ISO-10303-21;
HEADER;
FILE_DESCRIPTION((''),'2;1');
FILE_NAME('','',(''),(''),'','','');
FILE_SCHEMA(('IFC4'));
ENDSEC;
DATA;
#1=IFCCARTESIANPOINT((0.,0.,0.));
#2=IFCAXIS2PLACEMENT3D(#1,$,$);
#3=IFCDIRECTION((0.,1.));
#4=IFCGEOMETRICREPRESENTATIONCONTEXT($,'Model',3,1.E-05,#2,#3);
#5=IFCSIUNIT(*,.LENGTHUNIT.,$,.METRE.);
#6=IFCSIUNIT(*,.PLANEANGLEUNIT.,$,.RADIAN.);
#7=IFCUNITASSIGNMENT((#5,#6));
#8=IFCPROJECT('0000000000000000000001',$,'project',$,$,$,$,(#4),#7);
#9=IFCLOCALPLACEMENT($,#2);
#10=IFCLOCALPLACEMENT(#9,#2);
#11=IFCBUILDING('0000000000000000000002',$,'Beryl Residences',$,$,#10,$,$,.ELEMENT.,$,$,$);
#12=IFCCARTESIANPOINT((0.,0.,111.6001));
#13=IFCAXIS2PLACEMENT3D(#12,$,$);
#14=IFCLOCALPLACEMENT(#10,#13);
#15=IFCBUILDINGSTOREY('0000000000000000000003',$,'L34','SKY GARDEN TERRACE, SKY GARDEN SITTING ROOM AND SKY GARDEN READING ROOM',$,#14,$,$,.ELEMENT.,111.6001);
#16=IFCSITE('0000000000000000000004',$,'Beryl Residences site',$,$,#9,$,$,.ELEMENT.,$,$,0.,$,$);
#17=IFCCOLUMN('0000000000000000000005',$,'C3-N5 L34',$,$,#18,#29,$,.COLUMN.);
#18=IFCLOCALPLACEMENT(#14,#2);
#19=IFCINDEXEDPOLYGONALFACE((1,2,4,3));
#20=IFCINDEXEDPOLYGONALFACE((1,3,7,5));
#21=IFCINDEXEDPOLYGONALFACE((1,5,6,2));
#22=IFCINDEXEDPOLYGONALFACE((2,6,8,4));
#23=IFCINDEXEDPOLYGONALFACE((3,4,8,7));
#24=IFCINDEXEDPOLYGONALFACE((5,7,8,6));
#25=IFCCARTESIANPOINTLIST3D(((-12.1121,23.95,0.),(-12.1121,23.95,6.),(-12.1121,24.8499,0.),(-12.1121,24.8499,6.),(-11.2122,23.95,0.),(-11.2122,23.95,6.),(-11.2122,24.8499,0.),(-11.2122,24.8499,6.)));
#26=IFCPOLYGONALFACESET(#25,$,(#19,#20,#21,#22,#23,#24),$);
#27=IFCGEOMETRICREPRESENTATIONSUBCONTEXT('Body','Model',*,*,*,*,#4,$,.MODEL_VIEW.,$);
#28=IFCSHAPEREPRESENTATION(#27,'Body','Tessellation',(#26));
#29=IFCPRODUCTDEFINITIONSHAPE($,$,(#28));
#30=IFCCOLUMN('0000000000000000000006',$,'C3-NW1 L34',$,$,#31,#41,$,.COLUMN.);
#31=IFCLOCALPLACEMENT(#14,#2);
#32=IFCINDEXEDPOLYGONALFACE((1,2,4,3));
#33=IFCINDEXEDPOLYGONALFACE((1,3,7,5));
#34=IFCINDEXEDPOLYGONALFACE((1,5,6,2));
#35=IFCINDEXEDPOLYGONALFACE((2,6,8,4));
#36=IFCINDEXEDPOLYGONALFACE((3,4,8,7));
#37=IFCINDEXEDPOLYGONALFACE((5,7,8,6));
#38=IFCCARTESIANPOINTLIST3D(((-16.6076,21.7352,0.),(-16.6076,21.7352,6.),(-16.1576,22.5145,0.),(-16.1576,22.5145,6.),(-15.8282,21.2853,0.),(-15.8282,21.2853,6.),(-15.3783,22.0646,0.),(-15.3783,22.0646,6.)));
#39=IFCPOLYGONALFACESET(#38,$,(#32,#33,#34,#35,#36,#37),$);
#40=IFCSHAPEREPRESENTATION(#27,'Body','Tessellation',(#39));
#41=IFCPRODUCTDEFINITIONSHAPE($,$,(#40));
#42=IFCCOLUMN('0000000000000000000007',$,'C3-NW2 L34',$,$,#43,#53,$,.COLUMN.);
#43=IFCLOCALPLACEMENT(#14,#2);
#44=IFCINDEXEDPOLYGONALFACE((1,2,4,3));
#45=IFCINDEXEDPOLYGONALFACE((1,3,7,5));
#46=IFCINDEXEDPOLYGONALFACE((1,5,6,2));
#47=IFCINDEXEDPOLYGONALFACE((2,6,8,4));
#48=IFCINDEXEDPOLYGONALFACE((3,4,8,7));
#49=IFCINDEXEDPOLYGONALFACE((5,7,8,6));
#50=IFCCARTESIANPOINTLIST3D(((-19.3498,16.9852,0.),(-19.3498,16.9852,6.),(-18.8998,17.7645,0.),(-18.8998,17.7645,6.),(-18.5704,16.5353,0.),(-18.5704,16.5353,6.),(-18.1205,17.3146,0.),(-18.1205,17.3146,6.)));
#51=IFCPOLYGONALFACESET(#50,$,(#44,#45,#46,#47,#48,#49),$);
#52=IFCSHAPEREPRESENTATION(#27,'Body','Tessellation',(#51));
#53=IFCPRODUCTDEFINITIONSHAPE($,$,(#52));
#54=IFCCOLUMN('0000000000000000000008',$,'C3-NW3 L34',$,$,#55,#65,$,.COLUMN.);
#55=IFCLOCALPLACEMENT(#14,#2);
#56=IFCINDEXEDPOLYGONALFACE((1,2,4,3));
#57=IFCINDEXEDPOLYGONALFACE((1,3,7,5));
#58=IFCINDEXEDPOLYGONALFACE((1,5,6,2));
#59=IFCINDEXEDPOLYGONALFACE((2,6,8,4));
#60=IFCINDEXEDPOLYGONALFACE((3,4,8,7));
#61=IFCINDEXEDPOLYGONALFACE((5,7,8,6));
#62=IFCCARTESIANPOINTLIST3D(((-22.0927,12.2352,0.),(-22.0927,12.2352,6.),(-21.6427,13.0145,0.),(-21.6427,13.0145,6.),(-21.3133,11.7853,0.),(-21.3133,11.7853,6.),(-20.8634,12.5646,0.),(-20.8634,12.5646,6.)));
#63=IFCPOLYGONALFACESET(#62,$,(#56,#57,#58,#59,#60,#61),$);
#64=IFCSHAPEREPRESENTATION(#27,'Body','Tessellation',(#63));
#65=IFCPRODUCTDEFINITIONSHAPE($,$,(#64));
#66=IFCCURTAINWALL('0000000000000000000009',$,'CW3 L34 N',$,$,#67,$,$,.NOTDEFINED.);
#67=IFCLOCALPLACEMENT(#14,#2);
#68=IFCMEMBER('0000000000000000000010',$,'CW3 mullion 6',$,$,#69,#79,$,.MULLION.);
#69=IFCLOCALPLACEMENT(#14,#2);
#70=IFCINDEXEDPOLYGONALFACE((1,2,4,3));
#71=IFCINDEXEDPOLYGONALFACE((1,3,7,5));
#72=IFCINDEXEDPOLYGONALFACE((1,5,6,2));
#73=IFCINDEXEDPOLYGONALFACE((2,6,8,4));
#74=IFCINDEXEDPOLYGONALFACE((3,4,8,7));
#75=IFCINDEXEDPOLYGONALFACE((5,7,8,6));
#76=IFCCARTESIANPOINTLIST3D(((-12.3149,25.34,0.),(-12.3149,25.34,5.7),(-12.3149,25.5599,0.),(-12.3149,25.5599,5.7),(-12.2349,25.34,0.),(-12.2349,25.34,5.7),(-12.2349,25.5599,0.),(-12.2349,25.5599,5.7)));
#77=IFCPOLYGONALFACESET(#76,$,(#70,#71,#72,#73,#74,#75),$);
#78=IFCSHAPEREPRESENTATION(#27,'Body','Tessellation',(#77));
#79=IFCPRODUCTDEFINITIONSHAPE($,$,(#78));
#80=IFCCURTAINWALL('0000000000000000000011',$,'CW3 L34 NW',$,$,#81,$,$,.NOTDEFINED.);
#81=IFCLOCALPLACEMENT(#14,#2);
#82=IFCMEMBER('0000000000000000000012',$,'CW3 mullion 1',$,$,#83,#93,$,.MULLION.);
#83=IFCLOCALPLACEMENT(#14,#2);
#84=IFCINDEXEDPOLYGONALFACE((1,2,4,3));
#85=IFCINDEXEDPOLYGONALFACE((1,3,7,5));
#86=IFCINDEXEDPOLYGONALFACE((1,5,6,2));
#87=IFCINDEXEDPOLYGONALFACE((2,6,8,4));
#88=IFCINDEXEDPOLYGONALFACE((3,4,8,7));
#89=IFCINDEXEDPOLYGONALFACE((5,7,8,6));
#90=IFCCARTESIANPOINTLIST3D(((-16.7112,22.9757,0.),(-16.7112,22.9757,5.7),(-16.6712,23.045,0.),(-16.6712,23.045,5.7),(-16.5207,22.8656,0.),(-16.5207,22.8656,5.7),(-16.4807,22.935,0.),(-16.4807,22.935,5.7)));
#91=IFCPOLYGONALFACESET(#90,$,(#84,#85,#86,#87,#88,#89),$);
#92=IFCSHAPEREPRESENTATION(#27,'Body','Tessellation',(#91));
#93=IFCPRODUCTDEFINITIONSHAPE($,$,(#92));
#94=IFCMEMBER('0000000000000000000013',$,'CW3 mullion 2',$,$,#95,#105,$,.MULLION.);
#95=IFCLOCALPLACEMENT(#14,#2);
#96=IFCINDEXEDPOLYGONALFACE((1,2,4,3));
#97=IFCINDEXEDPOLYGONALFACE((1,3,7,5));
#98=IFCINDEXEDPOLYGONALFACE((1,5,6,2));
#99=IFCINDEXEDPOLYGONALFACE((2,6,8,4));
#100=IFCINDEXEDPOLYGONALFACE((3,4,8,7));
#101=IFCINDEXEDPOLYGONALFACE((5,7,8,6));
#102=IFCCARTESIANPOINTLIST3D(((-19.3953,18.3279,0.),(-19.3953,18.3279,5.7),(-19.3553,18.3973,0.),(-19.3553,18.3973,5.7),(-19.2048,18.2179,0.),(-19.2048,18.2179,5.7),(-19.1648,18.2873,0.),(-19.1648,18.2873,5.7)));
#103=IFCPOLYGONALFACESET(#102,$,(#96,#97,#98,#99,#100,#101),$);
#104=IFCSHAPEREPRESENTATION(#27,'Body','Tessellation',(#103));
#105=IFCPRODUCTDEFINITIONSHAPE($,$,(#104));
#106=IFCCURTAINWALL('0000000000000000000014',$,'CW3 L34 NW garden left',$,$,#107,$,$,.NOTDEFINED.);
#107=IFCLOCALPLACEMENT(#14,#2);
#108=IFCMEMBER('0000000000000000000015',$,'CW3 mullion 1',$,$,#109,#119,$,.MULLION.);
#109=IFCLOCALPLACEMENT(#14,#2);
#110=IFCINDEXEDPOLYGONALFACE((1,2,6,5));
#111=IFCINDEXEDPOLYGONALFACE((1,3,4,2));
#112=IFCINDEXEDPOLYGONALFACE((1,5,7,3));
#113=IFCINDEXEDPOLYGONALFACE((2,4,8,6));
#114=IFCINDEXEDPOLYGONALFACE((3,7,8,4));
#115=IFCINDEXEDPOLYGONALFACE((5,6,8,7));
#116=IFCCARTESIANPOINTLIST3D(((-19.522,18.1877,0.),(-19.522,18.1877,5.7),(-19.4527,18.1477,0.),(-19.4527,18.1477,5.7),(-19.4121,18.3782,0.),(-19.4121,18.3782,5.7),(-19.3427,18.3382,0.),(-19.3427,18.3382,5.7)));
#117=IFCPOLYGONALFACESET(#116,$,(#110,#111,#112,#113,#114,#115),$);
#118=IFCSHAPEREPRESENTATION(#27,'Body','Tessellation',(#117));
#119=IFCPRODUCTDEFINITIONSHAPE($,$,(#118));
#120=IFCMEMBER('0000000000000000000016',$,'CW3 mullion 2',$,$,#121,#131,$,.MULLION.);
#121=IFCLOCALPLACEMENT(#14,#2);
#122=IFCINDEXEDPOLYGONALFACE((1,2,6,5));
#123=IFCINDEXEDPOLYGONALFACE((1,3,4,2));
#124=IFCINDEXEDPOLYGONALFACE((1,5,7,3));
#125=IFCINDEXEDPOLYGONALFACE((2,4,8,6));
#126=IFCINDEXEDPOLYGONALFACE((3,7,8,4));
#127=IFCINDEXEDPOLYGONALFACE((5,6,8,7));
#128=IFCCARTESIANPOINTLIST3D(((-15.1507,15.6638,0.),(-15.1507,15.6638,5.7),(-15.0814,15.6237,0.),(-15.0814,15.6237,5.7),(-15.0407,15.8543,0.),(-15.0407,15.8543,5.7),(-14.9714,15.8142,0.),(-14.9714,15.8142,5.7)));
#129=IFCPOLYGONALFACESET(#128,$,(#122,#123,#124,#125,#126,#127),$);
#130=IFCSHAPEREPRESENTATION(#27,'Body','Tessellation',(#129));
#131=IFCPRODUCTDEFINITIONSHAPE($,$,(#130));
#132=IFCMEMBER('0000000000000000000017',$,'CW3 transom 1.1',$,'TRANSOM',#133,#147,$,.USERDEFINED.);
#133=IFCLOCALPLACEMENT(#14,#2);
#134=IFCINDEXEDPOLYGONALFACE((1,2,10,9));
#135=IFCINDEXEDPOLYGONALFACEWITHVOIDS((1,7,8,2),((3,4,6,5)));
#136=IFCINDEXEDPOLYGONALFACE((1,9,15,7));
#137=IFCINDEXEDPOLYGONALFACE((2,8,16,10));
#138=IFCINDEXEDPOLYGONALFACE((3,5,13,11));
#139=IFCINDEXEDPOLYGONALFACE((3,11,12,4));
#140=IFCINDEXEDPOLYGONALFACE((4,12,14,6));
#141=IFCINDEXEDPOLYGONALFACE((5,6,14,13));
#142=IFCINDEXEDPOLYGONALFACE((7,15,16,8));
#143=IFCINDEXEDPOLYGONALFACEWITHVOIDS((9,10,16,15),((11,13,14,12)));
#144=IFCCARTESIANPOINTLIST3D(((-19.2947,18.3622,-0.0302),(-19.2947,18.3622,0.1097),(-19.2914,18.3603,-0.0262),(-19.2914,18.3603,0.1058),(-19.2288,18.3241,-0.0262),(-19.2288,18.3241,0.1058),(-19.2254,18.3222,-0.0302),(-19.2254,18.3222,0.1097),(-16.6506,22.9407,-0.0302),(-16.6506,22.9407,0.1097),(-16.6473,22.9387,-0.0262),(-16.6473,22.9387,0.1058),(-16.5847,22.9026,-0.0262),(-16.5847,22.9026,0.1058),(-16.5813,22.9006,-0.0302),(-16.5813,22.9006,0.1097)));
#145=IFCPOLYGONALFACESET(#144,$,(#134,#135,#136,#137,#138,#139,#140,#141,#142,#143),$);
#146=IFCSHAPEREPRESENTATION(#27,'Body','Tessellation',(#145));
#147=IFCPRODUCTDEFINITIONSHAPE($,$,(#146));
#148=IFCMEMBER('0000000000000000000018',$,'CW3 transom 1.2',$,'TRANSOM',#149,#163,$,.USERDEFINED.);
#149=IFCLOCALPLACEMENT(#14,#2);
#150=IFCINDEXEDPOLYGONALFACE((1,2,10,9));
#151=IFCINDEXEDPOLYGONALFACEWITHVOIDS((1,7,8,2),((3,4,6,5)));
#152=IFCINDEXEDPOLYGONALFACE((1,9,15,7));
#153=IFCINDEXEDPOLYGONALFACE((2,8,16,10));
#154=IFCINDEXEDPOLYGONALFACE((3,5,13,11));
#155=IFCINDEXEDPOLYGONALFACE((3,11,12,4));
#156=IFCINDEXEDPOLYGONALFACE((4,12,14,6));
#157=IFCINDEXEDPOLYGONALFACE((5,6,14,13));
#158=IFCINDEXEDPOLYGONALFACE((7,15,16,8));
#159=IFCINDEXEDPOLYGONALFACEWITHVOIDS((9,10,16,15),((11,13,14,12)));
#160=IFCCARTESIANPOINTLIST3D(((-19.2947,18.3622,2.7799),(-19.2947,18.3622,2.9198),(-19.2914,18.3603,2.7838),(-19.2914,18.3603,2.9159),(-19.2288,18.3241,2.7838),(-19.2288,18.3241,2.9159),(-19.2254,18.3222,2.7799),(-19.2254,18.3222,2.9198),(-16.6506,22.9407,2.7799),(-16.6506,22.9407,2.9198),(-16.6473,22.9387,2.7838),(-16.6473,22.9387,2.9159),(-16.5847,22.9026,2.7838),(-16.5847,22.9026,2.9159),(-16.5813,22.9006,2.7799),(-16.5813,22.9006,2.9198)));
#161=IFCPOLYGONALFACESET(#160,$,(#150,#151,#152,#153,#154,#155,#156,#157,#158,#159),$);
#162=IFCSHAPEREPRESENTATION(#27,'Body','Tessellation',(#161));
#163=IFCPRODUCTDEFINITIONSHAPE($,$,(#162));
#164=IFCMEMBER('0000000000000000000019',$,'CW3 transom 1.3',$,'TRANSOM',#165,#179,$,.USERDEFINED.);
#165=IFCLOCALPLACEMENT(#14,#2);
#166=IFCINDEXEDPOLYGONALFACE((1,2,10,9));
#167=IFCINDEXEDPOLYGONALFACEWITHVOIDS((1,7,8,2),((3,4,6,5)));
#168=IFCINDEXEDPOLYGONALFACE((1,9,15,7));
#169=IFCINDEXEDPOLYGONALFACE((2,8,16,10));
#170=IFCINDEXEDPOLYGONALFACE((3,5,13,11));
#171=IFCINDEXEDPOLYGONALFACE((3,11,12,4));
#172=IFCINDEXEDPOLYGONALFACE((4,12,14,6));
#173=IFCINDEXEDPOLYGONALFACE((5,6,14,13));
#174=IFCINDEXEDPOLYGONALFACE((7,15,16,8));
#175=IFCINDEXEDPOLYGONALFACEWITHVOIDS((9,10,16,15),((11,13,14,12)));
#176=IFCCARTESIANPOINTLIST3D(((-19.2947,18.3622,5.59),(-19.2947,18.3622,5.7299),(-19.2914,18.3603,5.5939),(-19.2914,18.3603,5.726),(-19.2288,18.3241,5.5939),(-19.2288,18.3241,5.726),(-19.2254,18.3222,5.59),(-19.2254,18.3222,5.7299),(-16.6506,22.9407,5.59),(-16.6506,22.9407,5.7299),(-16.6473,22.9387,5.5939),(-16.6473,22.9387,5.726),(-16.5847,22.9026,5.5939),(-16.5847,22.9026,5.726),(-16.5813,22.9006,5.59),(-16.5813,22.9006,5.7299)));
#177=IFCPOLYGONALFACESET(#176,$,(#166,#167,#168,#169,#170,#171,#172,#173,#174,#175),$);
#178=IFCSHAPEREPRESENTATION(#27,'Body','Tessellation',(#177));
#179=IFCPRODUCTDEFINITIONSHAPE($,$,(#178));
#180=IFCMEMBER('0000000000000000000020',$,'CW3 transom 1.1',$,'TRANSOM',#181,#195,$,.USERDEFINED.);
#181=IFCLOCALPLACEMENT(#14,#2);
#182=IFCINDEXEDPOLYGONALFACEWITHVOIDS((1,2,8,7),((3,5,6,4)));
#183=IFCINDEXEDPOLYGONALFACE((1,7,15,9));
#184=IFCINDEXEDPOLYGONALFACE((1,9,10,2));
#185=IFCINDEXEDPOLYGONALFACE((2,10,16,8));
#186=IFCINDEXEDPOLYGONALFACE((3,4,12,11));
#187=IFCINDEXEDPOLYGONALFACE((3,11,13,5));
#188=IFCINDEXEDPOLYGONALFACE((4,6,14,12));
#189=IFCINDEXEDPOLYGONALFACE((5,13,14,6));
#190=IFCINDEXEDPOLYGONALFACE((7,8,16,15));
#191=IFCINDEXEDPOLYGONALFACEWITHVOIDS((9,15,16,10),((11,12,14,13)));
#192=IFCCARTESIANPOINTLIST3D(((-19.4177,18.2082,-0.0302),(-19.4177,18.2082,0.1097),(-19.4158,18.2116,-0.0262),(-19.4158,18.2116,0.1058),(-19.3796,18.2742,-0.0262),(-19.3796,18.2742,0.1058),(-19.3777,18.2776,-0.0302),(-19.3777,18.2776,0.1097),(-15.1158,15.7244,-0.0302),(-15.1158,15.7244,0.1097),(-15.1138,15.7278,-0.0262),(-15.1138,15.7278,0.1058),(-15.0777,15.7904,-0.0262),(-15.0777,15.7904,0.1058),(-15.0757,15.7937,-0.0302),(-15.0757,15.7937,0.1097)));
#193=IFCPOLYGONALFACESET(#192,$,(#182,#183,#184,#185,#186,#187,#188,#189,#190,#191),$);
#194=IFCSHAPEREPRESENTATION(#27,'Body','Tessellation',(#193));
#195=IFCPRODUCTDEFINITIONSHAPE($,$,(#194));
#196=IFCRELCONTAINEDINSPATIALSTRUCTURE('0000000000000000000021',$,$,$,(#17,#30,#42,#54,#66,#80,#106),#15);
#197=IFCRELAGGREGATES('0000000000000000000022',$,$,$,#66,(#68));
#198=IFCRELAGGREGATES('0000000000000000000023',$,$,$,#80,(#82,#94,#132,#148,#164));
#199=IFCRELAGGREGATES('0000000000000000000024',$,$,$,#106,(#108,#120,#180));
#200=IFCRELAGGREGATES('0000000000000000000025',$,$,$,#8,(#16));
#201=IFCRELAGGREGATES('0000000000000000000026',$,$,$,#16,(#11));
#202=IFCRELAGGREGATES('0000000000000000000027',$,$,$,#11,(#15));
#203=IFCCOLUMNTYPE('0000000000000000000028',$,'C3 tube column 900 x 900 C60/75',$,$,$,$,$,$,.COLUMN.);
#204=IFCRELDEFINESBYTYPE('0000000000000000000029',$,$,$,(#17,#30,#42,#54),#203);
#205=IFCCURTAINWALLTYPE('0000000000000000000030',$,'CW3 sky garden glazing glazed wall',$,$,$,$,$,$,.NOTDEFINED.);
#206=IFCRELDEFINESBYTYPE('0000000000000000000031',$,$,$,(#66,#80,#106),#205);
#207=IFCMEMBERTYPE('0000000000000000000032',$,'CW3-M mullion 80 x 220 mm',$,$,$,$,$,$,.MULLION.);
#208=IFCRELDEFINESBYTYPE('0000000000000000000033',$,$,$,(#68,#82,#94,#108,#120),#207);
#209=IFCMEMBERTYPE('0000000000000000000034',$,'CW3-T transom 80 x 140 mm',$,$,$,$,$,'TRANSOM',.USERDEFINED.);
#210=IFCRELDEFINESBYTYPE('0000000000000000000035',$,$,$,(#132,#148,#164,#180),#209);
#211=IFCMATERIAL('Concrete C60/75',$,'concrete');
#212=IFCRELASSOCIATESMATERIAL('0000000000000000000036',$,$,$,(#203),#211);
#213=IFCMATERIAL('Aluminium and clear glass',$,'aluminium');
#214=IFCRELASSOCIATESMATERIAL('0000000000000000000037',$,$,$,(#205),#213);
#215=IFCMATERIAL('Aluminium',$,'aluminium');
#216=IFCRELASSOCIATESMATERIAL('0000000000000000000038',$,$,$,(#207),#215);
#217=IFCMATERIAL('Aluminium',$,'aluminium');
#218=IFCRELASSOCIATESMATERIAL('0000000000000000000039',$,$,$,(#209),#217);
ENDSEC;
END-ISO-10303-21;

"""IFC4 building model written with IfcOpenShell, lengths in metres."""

from ifc_helpers import new_model, si_unit, direction, frame, origin, origin_2d, place, context, subcontext, project, spatial, rectangle, hollow_rectangle, extrude, material, material_profile, profile_set, type_object, element, aggregate, save


model = new_model("IFC4")

# Units and contexts
model_context = context("Model", 3, precision=1e-05, world=origin(), true_north=direction((0.0, 1.0)))
body_context = subcontext(model_context, "Body", "Model", "MODEL_VIEW")
ifc_project = project(units=[si_unit("LENGTHUNIT", "METRE"), si_unit("PLANEANGLEUNIT", "RADIAN")], contexts=[model_context])

# Site, building, storey
site_placement = place(None, origin())
site = spatial("IfcSite", under=ifc_project, at=site_placement, Name="Beryl Residences site", CompositionType="ELEMENT", RefElevation=0.0)
building_placement = place(site_placement, origin())
building = spatial("IfcBuilding", under=site, at=building_placement, Name="Beryl Residences", CompositionType="ELEMENT")
storey_placement = place(building_placement, frame((0.0, 0.0, 111.6001)))
storey = spatial("IfcBuildingStorey", under=building, at=storey_placement, Name="L34", Description="SKY GARDEN TERRACE, SKY GARDEN SITTING ROOM AND SKY GARDEN READING ROOM", CompositionType="ELEMENT", Elevation=111.6001)

# Columns
ifc_material_1 = material(Name="Concrete C60/75", Category="concrete")
ifc_material_profile_1 = material_profile(ifc_material_1, rectangle(XDim=0.8999, YDim=0.8999, at=origin_2d()))
ifc_profile_set_1 = profile_set([ifc_material_profile_1], Name="Concrete C60/75")
column_type = type_object("IfcColumnType", Name="C3 tube column 900 x 900 C60/75", PredefinedType="COLUMN", material=ifc_profile_set_1)
for number, where, z_axis, x_axis, name in (
    (1, (-11.6621, 24.3999, 0.0), (0.0, 0.0, 1.0), (-1.0, 0.0, 0.0), "C3-N5 L34"),
    (2, (-15.9929, 21.8999, 0.0), (0.0, 0.0, 1.0), (-0.5, -0.866025, 0.0), "C3-NW1 L34"),
    (3, (-18.7351, 17.1499, 0.0), (0.0, 0.0, 1.0), (-0.5, -0.866025, 0.0), "C3-NW2 L34"),
    (4, (-21.478, 12.3999, 0.0), (0.0, 0.0, 1.0), (-0.5, -0.866025, 0.0), "C3-NW3 L34"),
):
    element("IfcColumn", number, at=place(storey_placement, frame(where, z_axis=z_axis, x_axis=x_axis)), inside=storey, type_object=column_type, Name=name, PredefinedType="COLUMN", context=body_context, shape_type="SweptSolid", body=[
        extrude(rectangle(XDim=0.8999, YDim=0.8999, at=origin_2d()), origin(), (0.0, 0.0, 1.0), 6.0),
    ])

# Curtain wall, member
ifc_material_2 = material(Name="Aluminium and clear glass", Category="aluminium")
curtain_wall_type = type_object("IfcCurtainWallType", Name="CW3 sky garden glazing glazed wall", PredefinedType="NOTDEFINED", material=ifc_material_2)
curtain_wall_1_placement = place(storey_placement, origin())
curtain_wall_1 = element("IfcCurtainWall", 5, at=curtain_wall_1_placement, inside=storey, type_object=curtain_wall_type, Name="CW3 L34 N", PredefinedType="NOTDEFINED")
ifc_material_3 = material(Name="Aluminium", Category="aluminium")
ifc_material_profile_2 = material_profile(ifc_material_3, rectangle(XDim=0.0801, YDim=0.22, at=origin_2d()))
ifc_profile_set_2 = profile_set([ifc_material_profile_2], Name="Aluminium")
member_type_1 = type_object("IfcMemberType", Name="CW3-M mullion 80 x 220 mm", PredefinedType="MULLION", material=ifc_profile_set_2)
member_1_placement = place(storey_placement, frame((-12.2749, 25.45, 0.0), z_axis=(0.0, 0.0, 1.0), x_axis=(-1.0, 0.0, 0.0)))
member_1 = element("IfcMember", 6, at=member_1_placement, type_object=member_type_1, Name="CW3 mullion 6", PredefinedType="MULLION", context=body_context, shape_type="SweptSolid", body=[
    extrude(rectangle(XDim=0.0801, YDim=0.22, at=origin_2d()), origin(), (0.0, 0.0, 1.0), 5.7),
])
aggregate(curtain_wall_1, [member_1])

# Curtain walls, members
curtain_wall_2_placement = place(storey_placement, origin())
curtain_wall_2 = element("IfcCurtainWall", 7, at=curtain_wall_2_placement, inside=storey, type_object=curtain_wall_type, Name="CW3 L34 NW", PredefinedType="NOTDEFINED")
member_2_placement = place(storey_placement, frame((-16.5959, 22.9553, 0.0), z_axis=(0.0, 0.0, 1.0), x_axis=(-0.500088, -0.865975, 0.0)))
member_2 = element("IfcMember", 8, at=member_2_placement, type_object=member_type_1, Name="CW3 mullion 1", PredefinedType="MULLION", context=body_context, shape_type="SweptSolid", body=[
    extrude(rectangle(XDim=0.0801, YDim=0.22, at=origin_2d()), origin(), (0.0, 0.0, 1.0), 5.7),
])
member_3_placement = place(storey_placement, frame((-19.28, 18.3076, 0.0), z_axis=(0.0, 0.0, 1.0), x_axis=(-0.500088, -0.865975, 0.0)))
member_3 = element("IfcMember", 9, at=member_3_placement, type_object=member_type_1, Name="CW3 mullion 2", PredefinedType="MULLION", context=body_context, shape_type="SweptSolid", body=[
    extrude(rectangle(XDim=0.0801, YDim=0.22, at=origin_2d()), origin(), (0.0, 0.0, 1.0), 5.7),
])
curtain_wall_3_placement = place(storey_placement, origin())
curtain_wall_3 = element("IfcCurtainWall", 10, at=curtain_wall_3_placement, inside=storey, type_object=curtain_wall_type, Name="CW3 L34 NW garden left", PredefinedType="NOTDEFINED")
member_4_placement = place(storey_placement, frame((-19.4324, 18.2629, 0.0), z_axis=(0.0, 0.0, 1.0), x_axis=(0.866009, -0.500029, 0.0)))
member_4 = element("IfcMember", 11, at=member_4_placement, type_object=member_type_1, Name="CW3 mullion 1", PredefinedType="MULLION", context=body_context, shape_type="SweptSolid", body=[
    extrude(rectangle(XDim=0.0801, YDim=0.22, at=origin_2d()), origin(), (0.0, 0.0, 1.0), 5.7),
])
member_5_placement = place(storey_placement, frame((-15.061, 15.739, 0.0), z_axis=(0.0, 0.0, 1.0), x_axis=(0.866009, -0.500029, 0.0)))
member_5 = element("IfcMember", 12, at=member_5_placement, type_object=member_type_1, Name="CW3 mullion 2", PredefinedType="MULLION", context=body_context, shape_type="SweptSolid", body=[
    extrude(rectangle(XDim=0.0801, YDim=0.22, at=origin_2d()), origin(), (0.0, 0.0, 1.0), 5.7),
])

# Members
ifc_material_4 = material(Name="Aluminium", Category="aluminium")
ifc_material_profile_3 = material_profile(ifc_material_4, hollow_rectangle(XDim=0.0801, YDim=0.1399, WallThickness=0.0039, at=origin_2d()))
ifc_profile_set_3 = profile_set([ifc_material_profile_3], Name="Aluminium")
member_type_2 = type_object("IfcMemberType", Name="CW3-T transom 80 x 140 mm", ElementType="TRANSOM", PredefinedType="USERDEFINED", material=ifc_profile_set_3)
member_6_placement = place(storey_placement, frame((-16.616, 22.9207, 0.0398), z_axis=(-0.500102, -0.865966, 0.0), x_axis=(0.865966, -0.500102, 0.0)))
member_6 = element("IfcMember", 13, at=member_6_placement, type_object=member_type_2, Name="CW3 transom 1.1", ObjectType="TRANSOM", PredefinedType="USERDEFINED", context=body_context, shape_type="SweptSolid", body=[
    extrude(hollow_rectangle(XDim=0.0801, YDim=0.1399, WallThickness=0.0039, at=origin_2d()), origin(), (0.0, 0.0, 1.0), 5.2871),
])
member_7_placement = place(storey_placement, frame((-16.616, 22.9207, 2.8499), z_axis=(-0.500102, -0.865966, 0.0), x_axis=(0.865966, -0.500102, 0.0)))
member_7 = element("IfcMember", 14, at=member_7_placement, type_object=member_type_2, Name="CW3 transom 1.2", ObjectType="TRANSOM", PredefinedType="USERDEFINED", context=body_context, shape_type="SweptSolid", body=[
    extrude(hollow_rectangle(XDim=0.0801, YDim=0.1399, WallThickness=0.0039, at=origin_2d()), origin(), (0.0, 0.0, 1.0), 5.2871),
])
member_8_placement = place(storey_placement, frame((-16.616, 22.9207, 5.6599), z_axis=(-0.500102, -0.865966, 0.0), x_axis=(0.865966, -0.500102, 0.0)))
member_8 = element("IfcMember", 15, at=member_8_placement, type_object=member_type_2, Name="CW3 transom 1.3", ObjectType="TRANSOM", PredefinedType="USERDEFINED", context=body_context, shape_type="SweptSolid", body=[
    extrude(hollow_rectangle(XDim=0.0801, YDim=0.1399, WallThickness=0.0039, at=origin_2d()), origin(), (0.0, 0.0, 1.0), 5.2871),
])
member_9_placement = place(storey_placement, frame((-19.3977, 18.2429, 0.0398), z_axis=(0.866015, -0.500019, 0.0), x_axis=(0.500019, 0.866015, 0.0)))
member_9 = element("IfcMember", 16, at=member_9_placement, type_object=member_type_2, Name="CW3 transom 1.1", ObjectType="TRANSOM", PredefinedType="USERDEFINED", context=body_context, shape_type="SweptSolid", body=[
    extrude(hollow_rectangle(XDim=0.0801, YDim=0.1399, WallThickness=0.0039, at=origin_2d()), origin(), (0.0, 0.0, 1.0), 4.9675),
])

aggregate(curtain_wall_2, [member_2, member_3, member_6, member_7, member_8])
aggregate(curtain_wall_3, [member_4, member_5, member_9])

save(model, "model.ifc")
